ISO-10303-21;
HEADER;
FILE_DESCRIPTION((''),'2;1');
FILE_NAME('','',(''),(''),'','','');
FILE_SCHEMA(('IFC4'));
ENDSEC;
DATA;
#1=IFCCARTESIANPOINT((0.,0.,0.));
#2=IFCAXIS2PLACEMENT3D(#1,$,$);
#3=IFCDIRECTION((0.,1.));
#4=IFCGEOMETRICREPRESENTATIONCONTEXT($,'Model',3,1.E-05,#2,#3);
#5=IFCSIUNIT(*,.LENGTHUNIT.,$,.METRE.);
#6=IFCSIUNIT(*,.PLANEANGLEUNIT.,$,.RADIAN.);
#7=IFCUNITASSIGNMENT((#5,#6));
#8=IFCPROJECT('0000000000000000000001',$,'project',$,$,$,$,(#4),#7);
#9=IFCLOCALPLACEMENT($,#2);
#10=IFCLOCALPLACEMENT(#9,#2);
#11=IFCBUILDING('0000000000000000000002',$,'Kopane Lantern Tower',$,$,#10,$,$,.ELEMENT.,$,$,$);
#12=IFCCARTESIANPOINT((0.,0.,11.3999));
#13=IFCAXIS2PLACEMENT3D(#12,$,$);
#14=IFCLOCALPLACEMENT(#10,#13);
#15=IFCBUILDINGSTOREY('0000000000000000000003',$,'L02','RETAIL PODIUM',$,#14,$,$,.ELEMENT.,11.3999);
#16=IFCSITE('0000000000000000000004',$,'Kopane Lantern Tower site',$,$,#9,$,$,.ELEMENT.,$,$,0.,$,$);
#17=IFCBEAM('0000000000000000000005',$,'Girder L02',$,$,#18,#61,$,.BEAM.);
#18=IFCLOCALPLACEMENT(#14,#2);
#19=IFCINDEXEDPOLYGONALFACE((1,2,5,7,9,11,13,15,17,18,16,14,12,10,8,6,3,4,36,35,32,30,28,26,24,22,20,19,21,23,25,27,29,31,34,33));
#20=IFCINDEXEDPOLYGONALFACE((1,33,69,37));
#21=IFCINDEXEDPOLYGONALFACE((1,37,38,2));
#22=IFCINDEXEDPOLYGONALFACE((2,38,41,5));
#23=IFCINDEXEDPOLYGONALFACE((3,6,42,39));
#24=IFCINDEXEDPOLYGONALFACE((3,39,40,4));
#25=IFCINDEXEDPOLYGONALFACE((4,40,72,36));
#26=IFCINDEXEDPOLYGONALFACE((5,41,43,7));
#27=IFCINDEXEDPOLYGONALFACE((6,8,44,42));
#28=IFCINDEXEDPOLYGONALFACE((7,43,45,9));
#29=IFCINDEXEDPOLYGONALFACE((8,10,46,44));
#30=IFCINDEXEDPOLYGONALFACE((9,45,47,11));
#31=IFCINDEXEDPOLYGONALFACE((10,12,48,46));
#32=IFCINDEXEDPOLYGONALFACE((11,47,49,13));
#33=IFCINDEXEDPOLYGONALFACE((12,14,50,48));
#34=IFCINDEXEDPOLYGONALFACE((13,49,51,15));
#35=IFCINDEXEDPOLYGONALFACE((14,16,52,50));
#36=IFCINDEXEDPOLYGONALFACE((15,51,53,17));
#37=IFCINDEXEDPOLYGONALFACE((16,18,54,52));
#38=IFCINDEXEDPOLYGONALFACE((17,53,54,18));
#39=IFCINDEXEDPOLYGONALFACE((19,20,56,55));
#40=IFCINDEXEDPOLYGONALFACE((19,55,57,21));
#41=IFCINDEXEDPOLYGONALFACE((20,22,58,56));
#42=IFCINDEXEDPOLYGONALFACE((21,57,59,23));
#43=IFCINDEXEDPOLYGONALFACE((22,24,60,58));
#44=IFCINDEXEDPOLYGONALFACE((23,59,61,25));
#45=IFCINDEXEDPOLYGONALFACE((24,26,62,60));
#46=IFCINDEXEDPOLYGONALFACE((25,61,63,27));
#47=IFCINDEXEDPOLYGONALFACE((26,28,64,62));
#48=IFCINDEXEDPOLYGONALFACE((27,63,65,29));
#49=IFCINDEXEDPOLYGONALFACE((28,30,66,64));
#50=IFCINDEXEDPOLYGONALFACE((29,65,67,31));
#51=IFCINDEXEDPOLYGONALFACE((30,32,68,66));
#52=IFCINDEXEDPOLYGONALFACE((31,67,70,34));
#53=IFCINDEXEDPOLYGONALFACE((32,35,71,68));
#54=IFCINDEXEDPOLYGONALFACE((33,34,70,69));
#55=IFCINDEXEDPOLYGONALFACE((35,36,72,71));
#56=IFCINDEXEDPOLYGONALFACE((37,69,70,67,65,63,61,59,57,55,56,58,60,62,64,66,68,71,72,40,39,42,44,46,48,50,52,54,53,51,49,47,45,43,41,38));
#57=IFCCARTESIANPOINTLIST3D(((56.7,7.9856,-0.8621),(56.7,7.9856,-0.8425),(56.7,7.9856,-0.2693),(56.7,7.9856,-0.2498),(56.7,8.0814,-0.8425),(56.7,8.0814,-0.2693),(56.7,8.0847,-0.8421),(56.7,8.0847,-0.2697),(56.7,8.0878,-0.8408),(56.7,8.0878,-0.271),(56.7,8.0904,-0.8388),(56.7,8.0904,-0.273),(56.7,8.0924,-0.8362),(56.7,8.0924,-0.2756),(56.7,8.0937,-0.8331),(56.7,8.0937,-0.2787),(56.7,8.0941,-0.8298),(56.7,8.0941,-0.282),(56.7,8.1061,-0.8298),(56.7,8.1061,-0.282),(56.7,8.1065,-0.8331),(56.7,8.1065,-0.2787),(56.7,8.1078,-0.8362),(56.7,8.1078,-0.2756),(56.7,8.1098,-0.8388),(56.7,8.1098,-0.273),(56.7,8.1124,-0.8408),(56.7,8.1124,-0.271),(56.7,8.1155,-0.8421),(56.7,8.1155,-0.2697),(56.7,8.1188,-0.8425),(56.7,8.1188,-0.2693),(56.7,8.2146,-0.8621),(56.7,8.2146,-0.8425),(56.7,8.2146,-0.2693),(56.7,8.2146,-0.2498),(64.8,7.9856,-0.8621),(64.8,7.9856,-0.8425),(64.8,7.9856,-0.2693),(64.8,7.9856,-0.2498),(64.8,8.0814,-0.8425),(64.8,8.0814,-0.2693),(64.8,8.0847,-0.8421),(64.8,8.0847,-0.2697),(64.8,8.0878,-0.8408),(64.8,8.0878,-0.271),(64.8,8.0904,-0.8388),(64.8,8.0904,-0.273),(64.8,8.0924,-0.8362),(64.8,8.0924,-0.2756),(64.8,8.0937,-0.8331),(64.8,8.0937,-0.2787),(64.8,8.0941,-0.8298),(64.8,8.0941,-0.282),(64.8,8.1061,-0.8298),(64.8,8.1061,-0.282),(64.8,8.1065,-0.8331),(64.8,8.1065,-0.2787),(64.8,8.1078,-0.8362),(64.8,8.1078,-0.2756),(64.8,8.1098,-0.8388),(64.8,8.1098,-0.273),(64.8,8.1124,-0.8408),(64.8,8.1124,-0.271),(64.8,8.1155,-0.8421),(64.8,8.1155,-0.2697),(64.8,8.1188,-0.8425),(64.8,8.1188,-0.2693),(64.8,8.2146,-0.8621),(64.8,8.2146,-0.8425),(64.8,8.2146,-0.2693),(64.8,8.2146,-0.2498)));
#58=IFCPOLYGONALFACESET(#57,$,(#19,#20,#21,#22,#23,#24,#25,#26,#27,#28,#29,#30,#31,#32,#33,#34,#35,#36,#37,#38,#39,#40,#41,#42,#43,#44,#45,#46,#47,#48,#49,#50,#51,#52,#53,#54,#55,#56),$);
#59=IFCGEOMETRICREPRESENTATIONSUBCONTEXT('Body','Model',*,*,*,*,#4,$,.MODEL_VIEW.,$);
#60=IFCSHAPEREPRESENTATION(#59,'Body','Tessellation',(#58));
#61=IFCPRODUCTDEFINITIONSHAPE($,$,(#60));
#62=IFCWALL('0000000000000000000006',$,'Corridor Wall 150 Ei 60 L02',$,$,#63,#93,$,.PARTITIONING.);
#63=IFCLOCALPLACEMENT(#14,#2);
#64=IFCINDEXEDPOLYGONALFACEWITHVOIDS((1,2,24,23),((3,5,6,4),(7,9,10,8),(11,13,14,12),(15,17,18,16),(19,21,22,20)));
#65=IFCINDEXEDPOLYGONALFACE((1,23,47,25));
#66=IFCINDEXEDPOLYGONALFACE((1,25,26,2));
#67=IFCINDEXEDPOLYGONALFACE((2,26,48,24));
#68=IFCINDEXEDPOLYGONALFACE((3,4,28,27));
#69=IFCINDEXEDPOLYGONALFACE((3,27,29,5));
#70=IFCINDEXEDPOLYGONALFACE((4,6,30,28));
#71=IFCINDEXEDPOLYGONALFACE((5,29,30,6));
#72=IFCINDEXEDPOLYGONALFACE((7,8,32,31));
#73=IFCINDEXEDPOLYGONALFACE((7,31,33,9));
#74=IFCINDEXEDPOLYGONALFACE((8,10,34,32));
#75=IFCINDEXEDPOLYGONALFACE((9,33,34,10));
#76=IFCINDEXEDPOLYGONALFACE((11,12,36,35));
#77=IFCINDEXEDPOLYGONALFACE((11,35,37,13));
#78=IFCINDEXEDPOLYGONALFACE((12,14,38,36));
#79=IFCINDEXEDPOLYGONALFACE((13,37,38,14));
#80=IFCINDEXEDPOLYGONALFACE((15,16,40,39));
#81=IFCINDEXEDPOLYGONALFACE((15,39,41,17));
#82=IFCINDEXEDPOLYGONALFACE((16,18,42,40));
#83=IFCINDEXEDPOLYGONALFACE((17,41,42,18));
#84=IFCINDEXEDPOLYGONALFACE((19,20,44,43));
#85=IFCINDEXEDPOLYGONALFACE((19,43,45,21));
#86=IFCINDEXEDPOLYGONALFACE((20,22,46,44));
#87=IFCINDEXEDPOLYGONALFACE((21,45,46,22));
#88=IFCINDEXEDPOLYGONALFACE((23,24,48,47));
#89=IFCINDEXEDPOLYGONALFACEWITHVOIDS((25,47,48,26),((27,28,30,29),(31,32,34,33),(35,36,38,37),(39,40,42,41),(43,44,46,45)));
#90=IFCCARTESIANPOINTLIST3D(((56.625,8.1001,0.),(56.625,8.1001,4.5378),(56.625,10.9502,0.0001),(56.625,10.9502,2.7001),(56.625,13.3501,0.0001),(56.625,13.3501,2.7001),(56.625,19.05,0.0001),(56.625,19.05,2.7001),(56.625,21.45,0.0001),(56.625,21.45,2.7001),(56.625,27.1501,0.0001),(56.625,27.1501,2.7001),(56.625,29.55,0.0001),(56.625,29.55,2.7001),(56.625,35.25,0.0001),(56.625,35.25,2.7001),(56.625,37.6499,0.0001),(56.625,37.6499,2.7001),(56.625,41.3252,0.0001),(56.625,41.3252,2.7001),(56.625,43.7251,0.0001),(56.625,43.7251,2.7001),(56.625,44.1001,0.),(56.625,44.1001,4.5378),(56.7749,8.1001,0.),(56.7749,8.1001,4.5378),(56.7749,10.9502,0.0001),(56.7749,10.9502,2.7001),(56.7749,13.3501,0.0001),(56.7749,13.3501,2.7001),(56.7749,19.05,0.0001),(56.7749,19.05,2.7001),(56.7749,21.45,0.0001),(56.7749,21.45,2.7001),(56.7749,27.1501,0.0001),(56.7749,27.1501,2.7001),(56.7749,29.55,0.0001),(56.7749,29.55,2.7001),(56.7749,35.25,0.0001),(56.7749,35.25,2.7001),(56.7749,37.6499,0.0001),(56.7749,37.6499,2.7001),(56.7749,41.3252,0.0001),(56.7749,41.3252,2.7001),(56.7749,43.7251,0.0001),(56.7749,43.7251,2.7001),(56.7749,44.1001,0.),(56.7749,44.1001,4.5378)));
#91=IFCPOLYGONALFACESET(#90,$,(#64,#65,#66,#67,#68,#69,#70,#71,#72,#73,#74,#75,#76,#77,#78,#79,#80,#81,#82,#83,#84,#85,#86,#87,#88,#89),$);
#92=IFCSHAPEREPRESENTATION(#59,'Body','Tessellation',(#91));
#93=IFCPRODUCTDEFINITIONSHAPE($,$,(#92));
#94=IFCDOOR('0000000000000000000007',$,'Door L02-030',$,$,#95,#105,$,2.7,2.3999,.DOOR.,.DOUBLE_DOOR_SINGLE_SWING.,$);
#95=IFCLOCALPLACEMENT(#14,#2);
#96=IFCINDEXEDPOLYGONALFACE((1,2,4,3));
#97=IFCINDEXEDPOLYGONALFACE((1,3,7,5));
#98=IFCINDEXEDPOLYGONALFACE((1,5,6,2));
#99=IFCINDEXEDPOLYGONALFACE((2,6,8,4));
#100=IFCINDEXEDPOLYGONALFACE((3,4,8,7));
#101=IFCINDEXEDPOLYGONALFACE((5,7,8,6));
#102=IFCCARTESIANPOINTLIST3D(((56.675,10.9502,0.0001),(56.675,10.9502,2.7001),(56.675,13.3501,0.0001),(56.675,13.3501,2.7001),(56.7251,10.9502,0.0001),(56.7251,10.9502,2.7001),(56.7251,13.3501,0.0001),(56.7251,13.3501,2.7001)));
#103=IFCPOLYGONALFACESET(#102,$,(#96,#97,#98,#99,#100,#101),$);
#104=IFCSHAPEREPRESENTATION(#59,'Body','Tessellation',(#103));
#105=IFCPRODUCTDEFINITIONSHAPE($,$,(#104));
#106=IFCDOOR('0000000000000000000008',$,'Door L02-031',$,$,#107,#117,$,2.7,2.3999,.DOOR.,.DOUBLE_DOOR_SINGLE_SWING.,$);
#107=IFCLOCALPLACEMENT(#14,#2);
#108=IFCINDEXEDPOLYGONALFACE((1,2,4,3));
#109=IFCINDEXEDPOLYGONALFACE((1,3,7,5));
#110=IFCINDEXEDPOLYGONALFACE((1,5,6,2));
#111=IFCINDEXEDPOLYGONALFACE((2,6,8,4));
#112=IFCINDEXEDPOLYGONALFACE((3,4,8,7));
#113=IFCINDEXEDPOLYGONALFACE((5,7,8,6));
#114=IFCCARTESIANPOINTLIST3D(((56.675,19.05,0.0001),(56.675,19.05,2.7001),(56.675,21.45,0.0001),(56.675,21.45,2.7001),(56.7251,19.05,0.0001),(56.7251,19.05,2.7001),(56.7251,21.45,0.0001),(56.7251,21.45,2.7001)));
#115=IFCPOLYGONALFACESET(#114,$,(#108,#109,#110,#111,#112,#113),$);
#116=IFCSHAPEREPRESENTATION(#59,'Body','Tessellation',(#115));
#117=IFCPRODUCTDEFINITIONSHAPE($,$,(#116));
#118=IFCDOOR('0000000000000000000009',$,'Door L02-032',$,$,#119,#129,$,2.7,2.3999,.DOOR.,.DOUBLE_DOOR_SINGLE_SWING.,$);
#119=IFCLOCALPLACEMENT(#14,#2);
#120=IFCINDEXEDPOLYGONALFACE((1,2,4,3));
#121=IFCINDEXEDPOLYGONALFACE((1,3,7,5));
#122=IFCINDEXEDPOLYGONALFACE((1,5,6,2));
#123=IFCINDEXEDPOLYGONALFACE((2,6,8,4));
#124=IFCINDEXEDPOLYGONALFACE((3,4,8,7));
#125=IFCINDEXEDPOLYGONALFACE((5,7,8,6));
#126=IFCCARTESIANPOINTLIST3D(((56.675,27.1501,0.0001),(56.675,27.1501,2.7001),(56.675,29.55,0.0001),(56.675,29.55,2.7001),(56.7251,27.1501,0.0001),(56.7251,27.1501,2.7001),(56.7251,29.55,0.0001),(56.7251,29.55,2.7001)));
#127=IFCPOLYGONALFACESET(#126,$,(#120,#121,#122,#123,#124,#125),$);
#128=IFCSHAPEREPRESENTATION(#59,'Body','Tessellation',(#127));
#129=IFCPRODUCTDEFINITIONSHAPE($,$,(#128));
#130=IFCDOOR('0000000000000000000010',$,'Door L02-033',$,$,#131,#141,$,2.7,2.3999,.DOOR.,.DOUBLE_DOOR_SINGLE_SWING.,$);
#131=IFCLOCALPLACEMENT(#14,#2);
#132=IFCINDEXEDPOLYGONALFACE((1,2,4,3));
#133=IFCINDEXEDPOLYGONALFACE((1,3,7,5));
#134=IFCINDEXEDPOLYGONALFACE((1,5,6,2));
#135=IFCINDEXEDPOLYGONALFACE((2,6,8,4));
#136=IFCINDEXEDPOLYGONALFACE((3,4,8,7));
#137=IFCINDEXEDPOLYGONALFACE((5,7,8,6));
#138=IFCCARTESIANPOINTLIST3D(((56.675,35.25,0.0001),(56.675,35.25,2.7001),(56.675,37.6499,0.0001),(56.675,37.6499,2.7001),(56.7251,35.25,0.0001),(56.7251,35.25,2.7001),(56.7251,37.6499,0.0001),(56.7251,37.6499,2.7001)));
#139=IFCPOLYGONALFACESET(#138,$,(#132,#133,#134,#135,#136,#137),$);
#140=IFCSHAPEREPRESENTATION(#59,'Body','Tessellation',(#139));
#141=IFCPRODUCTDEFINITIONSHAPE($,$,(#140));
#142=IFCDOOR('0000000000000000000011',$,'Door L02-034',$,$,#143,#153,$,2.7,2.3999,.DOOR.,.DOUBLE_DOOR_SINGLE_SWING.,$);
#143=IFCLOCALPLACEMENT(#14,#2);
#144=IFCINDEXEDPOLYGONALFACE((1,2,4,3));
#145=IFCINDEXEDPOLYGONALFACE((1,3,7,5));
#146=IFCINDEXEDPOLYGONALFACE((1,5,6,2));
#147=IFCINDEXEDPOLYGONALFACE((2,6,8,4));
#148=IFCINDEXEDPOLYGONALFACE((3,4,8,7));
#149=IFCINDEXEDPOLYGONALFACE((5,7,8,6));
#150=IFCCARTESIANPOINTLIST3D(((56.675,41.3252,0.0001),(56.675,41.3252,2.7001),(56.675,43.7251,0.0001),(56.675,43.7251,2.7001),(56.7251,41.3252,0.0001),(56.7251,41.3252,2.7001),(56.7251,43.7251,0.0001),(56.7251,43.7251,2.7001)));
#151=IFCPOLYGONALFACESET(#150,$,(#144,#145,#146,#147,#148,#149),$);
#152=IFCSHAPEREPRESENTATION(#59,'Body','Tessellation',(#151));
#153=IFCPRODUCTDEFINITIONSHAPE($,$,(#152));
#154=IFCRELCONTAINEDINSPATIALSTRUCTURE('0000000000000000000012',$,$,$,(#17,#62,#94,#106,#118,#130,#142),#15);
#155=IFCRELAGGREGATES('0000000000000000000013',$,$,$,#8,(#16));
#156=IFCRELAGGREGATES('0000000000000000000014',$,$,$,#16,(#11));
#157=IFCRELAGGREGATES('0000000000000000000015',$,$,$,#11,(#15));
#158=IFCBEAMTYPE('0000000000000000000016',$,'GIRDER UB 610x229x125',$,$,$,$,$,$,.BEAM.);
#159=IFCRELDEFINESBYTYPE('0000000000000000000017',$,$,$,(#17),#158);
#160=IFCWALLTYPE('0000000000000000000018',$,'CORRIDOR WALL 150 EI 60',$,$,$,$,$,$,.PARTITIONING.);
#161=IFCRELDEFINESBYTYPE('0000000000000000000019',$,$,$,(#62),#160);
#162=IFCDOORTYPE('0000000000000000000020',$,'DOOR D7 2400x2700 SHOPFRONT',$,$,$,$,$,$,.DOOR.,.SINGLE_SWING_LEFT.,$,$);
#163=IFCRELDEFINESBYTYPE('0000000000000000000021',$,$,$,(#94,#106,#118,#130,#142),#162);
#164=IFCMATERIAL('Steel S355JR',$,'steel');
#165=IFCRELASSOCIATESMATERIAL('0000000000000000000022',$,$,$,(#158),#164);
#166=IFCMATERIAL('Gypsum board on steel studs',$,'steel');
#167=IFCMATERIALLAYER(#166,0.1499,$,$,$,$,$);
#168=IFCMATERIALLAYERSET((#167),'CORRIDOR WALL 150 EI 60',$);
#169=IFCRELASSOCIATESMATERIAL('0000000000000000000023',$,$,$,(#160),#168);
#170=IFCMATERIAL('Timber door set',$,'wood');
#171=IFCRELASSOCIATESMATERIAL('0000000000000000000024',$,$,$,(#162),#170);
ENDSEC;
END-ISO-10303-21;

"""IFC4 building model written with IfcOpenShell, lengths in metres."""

from ifc_helpers import new_model, si_unit, direction, frame, frame_2d, origin, origin_2d, place, context, subcontext, project, spatial, rectangle, i_section, extrude, material, layer, layer_set, material_profile, profile_set, type_object, element, fill, save


model = new_model("IFC4")

# Units and contexts
model_context = context("Model", 3, precision=1e-05, world=origin(), true_north=direction((0.0, 1.0)))
body_context = subcontext(model_context, "Body", "Model", "MODEL_VIEW")
ifc_project = project(units=[si_unit("LENGTHUNIT", "METRE"), si_unit("PLANEANGLEUNIT", "RADIAN")], contexts=[model_context])

# Site, building, storey
site_placement = place(None, origin())
site = spatial("IfcSite", under=ifc_project, at=site_placement, Name="Kopane Lantern Tower site", CompositionType="ELEMENT", RefElevation=0.0)
building_placement = place(site_placement, origin())
building = spatial("IfcBuilding", under=site, at=building_placement, Name="Kopane Lantern Tower", CompositionType="ELEMENT")
storey_placement = place(building_placement, frame((0.0, 0.0, 11.3999)))
storey = spatial("IfcBuildingStorey", under=building, at=storey_placement, Name="L02", Description="RETAIL PODIUM", CompositionType="ELEMENT", Elevation=11.3999)

# Beam
ifc_material_1 = material(Name="Steel S355JR", Category="steel")
ifc_material_profile_1 = material_profile(ifc_material_1, i_section(OverallWidth=0.229, OverallDepth=0.6123, WebThickness=0.012, FlangeThickness=0.0195, FilletRadius=0.0127, at=origin_2d()), Name="UB 610x229x125")
ifc_profile_set_1 = profile_set([ifc_material_profile_1], Name="Steel S355JR")
beam_type = type_object("IfcBeamType", Name="GIRDER UB 610x229x125", PredefinedType="BEAM", material=ifc_profile_set_1)
beam_1_placement = place(storey_placement, frame((56.7, 8.1001, -0.5559), z_axis=(1.0, 0.0, 0.0), x_axis=(0.0, 1.0, 0.0)))
element("IfcBeam", 1, at=beam_1_placement, inside=storey, type_object=beam_type, Name="Girder L02", PredefinedType="BEAM", context=body_context, shape_type="SweptSolid", body=[
    extrude(i_section(OverallWidth=0.229, OverallDepth=0.6123, WebThickness=0.012, FlangeThickness=0.0195, FilletRadius=0.0127, at=origin_2d()), origin(), (0.0, 0.0, 1.0), 8.1001),
])

# Wall, openings, doors
ifc_material_2 = material(Name="Gypsum board on steel studs", Category="steel")
ifc_layer_1 = layer(ifc_material_2, 0.1499)
ifc_layer_set_1 = layer_set([ifc_layer_1], Name="CORRIDOR WALL 150 EI 60")
wall_type_1 = type_object("IfcWallType", Name="CORRIDOR WALL 150 EI 60", PredefinedType="PARTITIONING", material=ifc_layer_set_1)
wall_1_placement = place(storey_placement, frame((56.7, 8.1001, 0.0), z_axis=(0.0, 0.0, 1.0), x_axis=(0.0, 1.0, 0.0)))
wall_1 = element("IfcWall", 2, at=wall_1_placement, inside=storey, type_object=wall_type_1, Name="Corridor Wall 150 Ei 60 L02", PredefinedType="PARTITIONING", context=body_context, shape_type="SweptSolid", body=[
    extrude(rectangle(XDim=36.0, YDim=0.1499, at=frame_2d((18.0, 0.0))), origin(), (0.0, 0.0, 1.0), 4.5378),
])
opening_1_placement = place(wall_1_placement, frame((2.8501, 0.0, 0.0)))
opening_1 = element("IfcOpeningElement", 3, at=opening_1_placement, cuts=wall_1, PredefinedType="OPENING", context=body_context, shape_type="SweptSolid", body=[
    extrude(rectangle(XDim=2.3999, YDim=2.7, at=frame_2d((1.2, 1.3501))), frame((0.0, 0.085, 0.0), z_axis=(0.0, -1.0, 0.0), x_axis=(1.0, 0.0, 0.0)), (0.0, 0.0, 1.0), 0.1699),
])
opening_2_placement = place(wall_1_placement, frame((10.95, 0.0, 0.0)))
opening_2 = element("IfcOpeningElement", 4, at=opening_2_placement, cuts=wall_1, PredefinedType="OPENING", context=body_context, shape_type="SweptSolid", body=[
    extrude(rectangle(XDim=2.3999, YDim=2.7, at=frame_2d((1.2, 1.3501))), frame((0.0, 0.085, 0.0), z_axis=(0.0, -1.0, 0.0), x_axis=(1.0, 0.0, 0.0)), (0.0, 0.0, 1.0), 0.1699),
])
opening_3_placement = place(wall_1_placement, frame((19.05, 0.0, 0.0)))
opening_3 = element("IfcOpeningElement", 5, at=opening_3_placement, cuts=wall_1, PredefinedType="OPENING", context=body_context, shape_type="SweptSolid", body=[
    extrude(rectangle(XDim=2.3999, YDim=2.7, at=frame_2d((1.2, 1.3501))), frame((0.0, 0.085, 0.0), z_axis=(0.0, -1.0, 0.0), x_axis=(1.0, 0.0, 0.0)), (0.0, 0.0, 1.0), 0.1699),
])
opening_4_placement = place(wall_1_placement, frame((27.1499, 0.0, 0.0)))
opening_4 = element("IfcOpeningElement", 6, at=opening_4_placement, cuts=wall_1, PredefinedType="OPENING", context=body_context, shape_type="SweptSolid", body=[
    extrude(rectangle(XDim=2.3999, YDim=2.7, at=frame_2d((1.2, 1.3501))), frame((0.0, 0.085, 0.0), z_axis=(0.0, -1.0, 0.0), x_axis=(1.0, 0.0, 0.0)), (0.0, 0.0, 1.0), 0.1699),
])
opening_5_placement = place(wall_1_placement, frame((33.2251, 0.0, 0.0)))
opening_5 = element("IfcOpeningElement", 7, at=opening_5_placement, cuts=wall_1, PredefinedType="OPENING", context=body_context, shape_type="SweptSolid", body=[
    extrude(rectangle(XDim=2.3999, YDim=2.7, at=frame_2d((1.2, 1.3501))), frame((0.0, 0.085, 0.0), z_axis=(0.0, -1.0, 0.0), x_axis=(1.0, 0.0, 0.0)), (0.0, 0.0, 1.0), 0.1699),
])
ifc_material_3 = material(Name="Timber door set", Category="wood")
door_type_1 = type_object("IfcDoorType", Name="DOOR D7 2400x2700 SHOPFRONT", OperationType="SINGLE_SWING_LEFT", PredefinedType="DOOR", material=ifc_material_3)
door_1_placement = place(opening_1_placement, origin())
door_1 = element("IfcDoor", 8, at=door_1_placement, inside=storey, type_object=door_type_1, Name="Door L02-030", OperationType="DOUBLE_DOOR_SINGLE_SWING", OverallHeight=2.7, OverallWidth=2.3999, PredefinedType="DOOR", context=body_context, shape_type="SweptSolid", body=[
    extrude(rectangle(XDim=2.3999, YDim=2.7, at=frame_2d((1.2, 1.3501))), frame((0.0, 0.0249, 0.0), z_axis=(0.0, -1.0, 0.0), x_axis=(1.0, 0.0, 0.0)), (0.0, 0.0, 1.0), 0.05),
])
fill(opening_1, door_1)
door_2_placement = place(opening_2_placement, origin())
door_2 = element("IfcDoor", 9, at=door_2_placement, inside=storey, type_object=door_type_1, Name="Door L02-031", OperationType="DOUBLE_DOOR_SINGLE_SWING", OverallHeight=2.7, OverallWidth=2.3999, PredefinedType="DOOR", context=body_context, shape_type="SweptSolid", body=[
    extrude(rectangle(XDim=2.3999, YDim=2.7, at=frame_2d((1.2, 1.3501))), frame((0.0, 0.0249, 0.0), z_axis=(0.0, -1.0, 0.0), x_axis=(1.0, 0.0, 0.0)), (0.0, 0.0, 1.0), 0.05),
])
fill(opening_2, door_2)
door_3_placement = place(opening_3_placement, origin())
door_3 = element("IfcDoor", 10, at=door_3_placement, inside=storey, type_object=door_type_1, Name="Door L02-032", OperationType="DOUBLE_DOOR_SINGLE_SWING", OverallHeight=2.7, OverallWidth=2.3999, PredefinedType="DOOR", context=body_context, shape_type="SweptSolid", body=[
    extrude(rectangle(XDim=2.3999, YDim=2.7, at=frame_2d((1.2, 1.3501))), frame((0.0, 0.0249, 0.0), z_axis=(0.0, -1.0, 0.0), x_axis=(1.0, 0.0, 0.0)), (0.0, 0.0, 1.0), 0.05),
])
fill(opening_3, door_3)
door_4_placement = place(opening_4_placement, origin())
door_4 = element("IfcDoor", 11, at=door_4_placement, inside=storey, type_object=door_type_1, Name="Door L02-033", OperationType="DOUBLE_DOOR_SINGLE_SWING", OverallHeight=2.7, OverallWidth=2.3999, PredefinedType="DOOR", context=body_context, shape_type="SweptSolid", body=[
    extrude(rectangle(XDim=2.3999, YDim=2.7, at=frame_2d((1.2, 1.3501))), frame((0.0, 0.0249, 0.0), z_axis=(0.0, -1.0, 0.0), x_axis=(1.0, 0.0, 0.0)), (0.0, 0.0, 1.0), 0.05),
])
fill(opening_4, door_4)
door_5_placement = place(opening_5_placement, origin())
door_5 = element("IfcDoor", 12, at=door_5_placement, inside=storey, type_object=door_type_1, Name="Door L02-034", OperationType="DOUBLE_DOOR_SINGLE_SWING", OverallHeight=2.7, OverallWidth=2.3999, PredefinedType="DOOR", context=body_context, shape_type="SweptSolid", body=[
    extrude(rectangle(XDim=2.3999, YDim=2.7, at=frame_2d((1.2, 1.3501))), frame((0.0, 0.0249, 0.0), z_axis=(0.0, -1.0, 0.0), x_axis=(1.0, 0.0, 0.0)), (0.0, 0.0, 1.0), 0.05),
])
fill(opening_5, door_5)

save(model, "model.ifc")
